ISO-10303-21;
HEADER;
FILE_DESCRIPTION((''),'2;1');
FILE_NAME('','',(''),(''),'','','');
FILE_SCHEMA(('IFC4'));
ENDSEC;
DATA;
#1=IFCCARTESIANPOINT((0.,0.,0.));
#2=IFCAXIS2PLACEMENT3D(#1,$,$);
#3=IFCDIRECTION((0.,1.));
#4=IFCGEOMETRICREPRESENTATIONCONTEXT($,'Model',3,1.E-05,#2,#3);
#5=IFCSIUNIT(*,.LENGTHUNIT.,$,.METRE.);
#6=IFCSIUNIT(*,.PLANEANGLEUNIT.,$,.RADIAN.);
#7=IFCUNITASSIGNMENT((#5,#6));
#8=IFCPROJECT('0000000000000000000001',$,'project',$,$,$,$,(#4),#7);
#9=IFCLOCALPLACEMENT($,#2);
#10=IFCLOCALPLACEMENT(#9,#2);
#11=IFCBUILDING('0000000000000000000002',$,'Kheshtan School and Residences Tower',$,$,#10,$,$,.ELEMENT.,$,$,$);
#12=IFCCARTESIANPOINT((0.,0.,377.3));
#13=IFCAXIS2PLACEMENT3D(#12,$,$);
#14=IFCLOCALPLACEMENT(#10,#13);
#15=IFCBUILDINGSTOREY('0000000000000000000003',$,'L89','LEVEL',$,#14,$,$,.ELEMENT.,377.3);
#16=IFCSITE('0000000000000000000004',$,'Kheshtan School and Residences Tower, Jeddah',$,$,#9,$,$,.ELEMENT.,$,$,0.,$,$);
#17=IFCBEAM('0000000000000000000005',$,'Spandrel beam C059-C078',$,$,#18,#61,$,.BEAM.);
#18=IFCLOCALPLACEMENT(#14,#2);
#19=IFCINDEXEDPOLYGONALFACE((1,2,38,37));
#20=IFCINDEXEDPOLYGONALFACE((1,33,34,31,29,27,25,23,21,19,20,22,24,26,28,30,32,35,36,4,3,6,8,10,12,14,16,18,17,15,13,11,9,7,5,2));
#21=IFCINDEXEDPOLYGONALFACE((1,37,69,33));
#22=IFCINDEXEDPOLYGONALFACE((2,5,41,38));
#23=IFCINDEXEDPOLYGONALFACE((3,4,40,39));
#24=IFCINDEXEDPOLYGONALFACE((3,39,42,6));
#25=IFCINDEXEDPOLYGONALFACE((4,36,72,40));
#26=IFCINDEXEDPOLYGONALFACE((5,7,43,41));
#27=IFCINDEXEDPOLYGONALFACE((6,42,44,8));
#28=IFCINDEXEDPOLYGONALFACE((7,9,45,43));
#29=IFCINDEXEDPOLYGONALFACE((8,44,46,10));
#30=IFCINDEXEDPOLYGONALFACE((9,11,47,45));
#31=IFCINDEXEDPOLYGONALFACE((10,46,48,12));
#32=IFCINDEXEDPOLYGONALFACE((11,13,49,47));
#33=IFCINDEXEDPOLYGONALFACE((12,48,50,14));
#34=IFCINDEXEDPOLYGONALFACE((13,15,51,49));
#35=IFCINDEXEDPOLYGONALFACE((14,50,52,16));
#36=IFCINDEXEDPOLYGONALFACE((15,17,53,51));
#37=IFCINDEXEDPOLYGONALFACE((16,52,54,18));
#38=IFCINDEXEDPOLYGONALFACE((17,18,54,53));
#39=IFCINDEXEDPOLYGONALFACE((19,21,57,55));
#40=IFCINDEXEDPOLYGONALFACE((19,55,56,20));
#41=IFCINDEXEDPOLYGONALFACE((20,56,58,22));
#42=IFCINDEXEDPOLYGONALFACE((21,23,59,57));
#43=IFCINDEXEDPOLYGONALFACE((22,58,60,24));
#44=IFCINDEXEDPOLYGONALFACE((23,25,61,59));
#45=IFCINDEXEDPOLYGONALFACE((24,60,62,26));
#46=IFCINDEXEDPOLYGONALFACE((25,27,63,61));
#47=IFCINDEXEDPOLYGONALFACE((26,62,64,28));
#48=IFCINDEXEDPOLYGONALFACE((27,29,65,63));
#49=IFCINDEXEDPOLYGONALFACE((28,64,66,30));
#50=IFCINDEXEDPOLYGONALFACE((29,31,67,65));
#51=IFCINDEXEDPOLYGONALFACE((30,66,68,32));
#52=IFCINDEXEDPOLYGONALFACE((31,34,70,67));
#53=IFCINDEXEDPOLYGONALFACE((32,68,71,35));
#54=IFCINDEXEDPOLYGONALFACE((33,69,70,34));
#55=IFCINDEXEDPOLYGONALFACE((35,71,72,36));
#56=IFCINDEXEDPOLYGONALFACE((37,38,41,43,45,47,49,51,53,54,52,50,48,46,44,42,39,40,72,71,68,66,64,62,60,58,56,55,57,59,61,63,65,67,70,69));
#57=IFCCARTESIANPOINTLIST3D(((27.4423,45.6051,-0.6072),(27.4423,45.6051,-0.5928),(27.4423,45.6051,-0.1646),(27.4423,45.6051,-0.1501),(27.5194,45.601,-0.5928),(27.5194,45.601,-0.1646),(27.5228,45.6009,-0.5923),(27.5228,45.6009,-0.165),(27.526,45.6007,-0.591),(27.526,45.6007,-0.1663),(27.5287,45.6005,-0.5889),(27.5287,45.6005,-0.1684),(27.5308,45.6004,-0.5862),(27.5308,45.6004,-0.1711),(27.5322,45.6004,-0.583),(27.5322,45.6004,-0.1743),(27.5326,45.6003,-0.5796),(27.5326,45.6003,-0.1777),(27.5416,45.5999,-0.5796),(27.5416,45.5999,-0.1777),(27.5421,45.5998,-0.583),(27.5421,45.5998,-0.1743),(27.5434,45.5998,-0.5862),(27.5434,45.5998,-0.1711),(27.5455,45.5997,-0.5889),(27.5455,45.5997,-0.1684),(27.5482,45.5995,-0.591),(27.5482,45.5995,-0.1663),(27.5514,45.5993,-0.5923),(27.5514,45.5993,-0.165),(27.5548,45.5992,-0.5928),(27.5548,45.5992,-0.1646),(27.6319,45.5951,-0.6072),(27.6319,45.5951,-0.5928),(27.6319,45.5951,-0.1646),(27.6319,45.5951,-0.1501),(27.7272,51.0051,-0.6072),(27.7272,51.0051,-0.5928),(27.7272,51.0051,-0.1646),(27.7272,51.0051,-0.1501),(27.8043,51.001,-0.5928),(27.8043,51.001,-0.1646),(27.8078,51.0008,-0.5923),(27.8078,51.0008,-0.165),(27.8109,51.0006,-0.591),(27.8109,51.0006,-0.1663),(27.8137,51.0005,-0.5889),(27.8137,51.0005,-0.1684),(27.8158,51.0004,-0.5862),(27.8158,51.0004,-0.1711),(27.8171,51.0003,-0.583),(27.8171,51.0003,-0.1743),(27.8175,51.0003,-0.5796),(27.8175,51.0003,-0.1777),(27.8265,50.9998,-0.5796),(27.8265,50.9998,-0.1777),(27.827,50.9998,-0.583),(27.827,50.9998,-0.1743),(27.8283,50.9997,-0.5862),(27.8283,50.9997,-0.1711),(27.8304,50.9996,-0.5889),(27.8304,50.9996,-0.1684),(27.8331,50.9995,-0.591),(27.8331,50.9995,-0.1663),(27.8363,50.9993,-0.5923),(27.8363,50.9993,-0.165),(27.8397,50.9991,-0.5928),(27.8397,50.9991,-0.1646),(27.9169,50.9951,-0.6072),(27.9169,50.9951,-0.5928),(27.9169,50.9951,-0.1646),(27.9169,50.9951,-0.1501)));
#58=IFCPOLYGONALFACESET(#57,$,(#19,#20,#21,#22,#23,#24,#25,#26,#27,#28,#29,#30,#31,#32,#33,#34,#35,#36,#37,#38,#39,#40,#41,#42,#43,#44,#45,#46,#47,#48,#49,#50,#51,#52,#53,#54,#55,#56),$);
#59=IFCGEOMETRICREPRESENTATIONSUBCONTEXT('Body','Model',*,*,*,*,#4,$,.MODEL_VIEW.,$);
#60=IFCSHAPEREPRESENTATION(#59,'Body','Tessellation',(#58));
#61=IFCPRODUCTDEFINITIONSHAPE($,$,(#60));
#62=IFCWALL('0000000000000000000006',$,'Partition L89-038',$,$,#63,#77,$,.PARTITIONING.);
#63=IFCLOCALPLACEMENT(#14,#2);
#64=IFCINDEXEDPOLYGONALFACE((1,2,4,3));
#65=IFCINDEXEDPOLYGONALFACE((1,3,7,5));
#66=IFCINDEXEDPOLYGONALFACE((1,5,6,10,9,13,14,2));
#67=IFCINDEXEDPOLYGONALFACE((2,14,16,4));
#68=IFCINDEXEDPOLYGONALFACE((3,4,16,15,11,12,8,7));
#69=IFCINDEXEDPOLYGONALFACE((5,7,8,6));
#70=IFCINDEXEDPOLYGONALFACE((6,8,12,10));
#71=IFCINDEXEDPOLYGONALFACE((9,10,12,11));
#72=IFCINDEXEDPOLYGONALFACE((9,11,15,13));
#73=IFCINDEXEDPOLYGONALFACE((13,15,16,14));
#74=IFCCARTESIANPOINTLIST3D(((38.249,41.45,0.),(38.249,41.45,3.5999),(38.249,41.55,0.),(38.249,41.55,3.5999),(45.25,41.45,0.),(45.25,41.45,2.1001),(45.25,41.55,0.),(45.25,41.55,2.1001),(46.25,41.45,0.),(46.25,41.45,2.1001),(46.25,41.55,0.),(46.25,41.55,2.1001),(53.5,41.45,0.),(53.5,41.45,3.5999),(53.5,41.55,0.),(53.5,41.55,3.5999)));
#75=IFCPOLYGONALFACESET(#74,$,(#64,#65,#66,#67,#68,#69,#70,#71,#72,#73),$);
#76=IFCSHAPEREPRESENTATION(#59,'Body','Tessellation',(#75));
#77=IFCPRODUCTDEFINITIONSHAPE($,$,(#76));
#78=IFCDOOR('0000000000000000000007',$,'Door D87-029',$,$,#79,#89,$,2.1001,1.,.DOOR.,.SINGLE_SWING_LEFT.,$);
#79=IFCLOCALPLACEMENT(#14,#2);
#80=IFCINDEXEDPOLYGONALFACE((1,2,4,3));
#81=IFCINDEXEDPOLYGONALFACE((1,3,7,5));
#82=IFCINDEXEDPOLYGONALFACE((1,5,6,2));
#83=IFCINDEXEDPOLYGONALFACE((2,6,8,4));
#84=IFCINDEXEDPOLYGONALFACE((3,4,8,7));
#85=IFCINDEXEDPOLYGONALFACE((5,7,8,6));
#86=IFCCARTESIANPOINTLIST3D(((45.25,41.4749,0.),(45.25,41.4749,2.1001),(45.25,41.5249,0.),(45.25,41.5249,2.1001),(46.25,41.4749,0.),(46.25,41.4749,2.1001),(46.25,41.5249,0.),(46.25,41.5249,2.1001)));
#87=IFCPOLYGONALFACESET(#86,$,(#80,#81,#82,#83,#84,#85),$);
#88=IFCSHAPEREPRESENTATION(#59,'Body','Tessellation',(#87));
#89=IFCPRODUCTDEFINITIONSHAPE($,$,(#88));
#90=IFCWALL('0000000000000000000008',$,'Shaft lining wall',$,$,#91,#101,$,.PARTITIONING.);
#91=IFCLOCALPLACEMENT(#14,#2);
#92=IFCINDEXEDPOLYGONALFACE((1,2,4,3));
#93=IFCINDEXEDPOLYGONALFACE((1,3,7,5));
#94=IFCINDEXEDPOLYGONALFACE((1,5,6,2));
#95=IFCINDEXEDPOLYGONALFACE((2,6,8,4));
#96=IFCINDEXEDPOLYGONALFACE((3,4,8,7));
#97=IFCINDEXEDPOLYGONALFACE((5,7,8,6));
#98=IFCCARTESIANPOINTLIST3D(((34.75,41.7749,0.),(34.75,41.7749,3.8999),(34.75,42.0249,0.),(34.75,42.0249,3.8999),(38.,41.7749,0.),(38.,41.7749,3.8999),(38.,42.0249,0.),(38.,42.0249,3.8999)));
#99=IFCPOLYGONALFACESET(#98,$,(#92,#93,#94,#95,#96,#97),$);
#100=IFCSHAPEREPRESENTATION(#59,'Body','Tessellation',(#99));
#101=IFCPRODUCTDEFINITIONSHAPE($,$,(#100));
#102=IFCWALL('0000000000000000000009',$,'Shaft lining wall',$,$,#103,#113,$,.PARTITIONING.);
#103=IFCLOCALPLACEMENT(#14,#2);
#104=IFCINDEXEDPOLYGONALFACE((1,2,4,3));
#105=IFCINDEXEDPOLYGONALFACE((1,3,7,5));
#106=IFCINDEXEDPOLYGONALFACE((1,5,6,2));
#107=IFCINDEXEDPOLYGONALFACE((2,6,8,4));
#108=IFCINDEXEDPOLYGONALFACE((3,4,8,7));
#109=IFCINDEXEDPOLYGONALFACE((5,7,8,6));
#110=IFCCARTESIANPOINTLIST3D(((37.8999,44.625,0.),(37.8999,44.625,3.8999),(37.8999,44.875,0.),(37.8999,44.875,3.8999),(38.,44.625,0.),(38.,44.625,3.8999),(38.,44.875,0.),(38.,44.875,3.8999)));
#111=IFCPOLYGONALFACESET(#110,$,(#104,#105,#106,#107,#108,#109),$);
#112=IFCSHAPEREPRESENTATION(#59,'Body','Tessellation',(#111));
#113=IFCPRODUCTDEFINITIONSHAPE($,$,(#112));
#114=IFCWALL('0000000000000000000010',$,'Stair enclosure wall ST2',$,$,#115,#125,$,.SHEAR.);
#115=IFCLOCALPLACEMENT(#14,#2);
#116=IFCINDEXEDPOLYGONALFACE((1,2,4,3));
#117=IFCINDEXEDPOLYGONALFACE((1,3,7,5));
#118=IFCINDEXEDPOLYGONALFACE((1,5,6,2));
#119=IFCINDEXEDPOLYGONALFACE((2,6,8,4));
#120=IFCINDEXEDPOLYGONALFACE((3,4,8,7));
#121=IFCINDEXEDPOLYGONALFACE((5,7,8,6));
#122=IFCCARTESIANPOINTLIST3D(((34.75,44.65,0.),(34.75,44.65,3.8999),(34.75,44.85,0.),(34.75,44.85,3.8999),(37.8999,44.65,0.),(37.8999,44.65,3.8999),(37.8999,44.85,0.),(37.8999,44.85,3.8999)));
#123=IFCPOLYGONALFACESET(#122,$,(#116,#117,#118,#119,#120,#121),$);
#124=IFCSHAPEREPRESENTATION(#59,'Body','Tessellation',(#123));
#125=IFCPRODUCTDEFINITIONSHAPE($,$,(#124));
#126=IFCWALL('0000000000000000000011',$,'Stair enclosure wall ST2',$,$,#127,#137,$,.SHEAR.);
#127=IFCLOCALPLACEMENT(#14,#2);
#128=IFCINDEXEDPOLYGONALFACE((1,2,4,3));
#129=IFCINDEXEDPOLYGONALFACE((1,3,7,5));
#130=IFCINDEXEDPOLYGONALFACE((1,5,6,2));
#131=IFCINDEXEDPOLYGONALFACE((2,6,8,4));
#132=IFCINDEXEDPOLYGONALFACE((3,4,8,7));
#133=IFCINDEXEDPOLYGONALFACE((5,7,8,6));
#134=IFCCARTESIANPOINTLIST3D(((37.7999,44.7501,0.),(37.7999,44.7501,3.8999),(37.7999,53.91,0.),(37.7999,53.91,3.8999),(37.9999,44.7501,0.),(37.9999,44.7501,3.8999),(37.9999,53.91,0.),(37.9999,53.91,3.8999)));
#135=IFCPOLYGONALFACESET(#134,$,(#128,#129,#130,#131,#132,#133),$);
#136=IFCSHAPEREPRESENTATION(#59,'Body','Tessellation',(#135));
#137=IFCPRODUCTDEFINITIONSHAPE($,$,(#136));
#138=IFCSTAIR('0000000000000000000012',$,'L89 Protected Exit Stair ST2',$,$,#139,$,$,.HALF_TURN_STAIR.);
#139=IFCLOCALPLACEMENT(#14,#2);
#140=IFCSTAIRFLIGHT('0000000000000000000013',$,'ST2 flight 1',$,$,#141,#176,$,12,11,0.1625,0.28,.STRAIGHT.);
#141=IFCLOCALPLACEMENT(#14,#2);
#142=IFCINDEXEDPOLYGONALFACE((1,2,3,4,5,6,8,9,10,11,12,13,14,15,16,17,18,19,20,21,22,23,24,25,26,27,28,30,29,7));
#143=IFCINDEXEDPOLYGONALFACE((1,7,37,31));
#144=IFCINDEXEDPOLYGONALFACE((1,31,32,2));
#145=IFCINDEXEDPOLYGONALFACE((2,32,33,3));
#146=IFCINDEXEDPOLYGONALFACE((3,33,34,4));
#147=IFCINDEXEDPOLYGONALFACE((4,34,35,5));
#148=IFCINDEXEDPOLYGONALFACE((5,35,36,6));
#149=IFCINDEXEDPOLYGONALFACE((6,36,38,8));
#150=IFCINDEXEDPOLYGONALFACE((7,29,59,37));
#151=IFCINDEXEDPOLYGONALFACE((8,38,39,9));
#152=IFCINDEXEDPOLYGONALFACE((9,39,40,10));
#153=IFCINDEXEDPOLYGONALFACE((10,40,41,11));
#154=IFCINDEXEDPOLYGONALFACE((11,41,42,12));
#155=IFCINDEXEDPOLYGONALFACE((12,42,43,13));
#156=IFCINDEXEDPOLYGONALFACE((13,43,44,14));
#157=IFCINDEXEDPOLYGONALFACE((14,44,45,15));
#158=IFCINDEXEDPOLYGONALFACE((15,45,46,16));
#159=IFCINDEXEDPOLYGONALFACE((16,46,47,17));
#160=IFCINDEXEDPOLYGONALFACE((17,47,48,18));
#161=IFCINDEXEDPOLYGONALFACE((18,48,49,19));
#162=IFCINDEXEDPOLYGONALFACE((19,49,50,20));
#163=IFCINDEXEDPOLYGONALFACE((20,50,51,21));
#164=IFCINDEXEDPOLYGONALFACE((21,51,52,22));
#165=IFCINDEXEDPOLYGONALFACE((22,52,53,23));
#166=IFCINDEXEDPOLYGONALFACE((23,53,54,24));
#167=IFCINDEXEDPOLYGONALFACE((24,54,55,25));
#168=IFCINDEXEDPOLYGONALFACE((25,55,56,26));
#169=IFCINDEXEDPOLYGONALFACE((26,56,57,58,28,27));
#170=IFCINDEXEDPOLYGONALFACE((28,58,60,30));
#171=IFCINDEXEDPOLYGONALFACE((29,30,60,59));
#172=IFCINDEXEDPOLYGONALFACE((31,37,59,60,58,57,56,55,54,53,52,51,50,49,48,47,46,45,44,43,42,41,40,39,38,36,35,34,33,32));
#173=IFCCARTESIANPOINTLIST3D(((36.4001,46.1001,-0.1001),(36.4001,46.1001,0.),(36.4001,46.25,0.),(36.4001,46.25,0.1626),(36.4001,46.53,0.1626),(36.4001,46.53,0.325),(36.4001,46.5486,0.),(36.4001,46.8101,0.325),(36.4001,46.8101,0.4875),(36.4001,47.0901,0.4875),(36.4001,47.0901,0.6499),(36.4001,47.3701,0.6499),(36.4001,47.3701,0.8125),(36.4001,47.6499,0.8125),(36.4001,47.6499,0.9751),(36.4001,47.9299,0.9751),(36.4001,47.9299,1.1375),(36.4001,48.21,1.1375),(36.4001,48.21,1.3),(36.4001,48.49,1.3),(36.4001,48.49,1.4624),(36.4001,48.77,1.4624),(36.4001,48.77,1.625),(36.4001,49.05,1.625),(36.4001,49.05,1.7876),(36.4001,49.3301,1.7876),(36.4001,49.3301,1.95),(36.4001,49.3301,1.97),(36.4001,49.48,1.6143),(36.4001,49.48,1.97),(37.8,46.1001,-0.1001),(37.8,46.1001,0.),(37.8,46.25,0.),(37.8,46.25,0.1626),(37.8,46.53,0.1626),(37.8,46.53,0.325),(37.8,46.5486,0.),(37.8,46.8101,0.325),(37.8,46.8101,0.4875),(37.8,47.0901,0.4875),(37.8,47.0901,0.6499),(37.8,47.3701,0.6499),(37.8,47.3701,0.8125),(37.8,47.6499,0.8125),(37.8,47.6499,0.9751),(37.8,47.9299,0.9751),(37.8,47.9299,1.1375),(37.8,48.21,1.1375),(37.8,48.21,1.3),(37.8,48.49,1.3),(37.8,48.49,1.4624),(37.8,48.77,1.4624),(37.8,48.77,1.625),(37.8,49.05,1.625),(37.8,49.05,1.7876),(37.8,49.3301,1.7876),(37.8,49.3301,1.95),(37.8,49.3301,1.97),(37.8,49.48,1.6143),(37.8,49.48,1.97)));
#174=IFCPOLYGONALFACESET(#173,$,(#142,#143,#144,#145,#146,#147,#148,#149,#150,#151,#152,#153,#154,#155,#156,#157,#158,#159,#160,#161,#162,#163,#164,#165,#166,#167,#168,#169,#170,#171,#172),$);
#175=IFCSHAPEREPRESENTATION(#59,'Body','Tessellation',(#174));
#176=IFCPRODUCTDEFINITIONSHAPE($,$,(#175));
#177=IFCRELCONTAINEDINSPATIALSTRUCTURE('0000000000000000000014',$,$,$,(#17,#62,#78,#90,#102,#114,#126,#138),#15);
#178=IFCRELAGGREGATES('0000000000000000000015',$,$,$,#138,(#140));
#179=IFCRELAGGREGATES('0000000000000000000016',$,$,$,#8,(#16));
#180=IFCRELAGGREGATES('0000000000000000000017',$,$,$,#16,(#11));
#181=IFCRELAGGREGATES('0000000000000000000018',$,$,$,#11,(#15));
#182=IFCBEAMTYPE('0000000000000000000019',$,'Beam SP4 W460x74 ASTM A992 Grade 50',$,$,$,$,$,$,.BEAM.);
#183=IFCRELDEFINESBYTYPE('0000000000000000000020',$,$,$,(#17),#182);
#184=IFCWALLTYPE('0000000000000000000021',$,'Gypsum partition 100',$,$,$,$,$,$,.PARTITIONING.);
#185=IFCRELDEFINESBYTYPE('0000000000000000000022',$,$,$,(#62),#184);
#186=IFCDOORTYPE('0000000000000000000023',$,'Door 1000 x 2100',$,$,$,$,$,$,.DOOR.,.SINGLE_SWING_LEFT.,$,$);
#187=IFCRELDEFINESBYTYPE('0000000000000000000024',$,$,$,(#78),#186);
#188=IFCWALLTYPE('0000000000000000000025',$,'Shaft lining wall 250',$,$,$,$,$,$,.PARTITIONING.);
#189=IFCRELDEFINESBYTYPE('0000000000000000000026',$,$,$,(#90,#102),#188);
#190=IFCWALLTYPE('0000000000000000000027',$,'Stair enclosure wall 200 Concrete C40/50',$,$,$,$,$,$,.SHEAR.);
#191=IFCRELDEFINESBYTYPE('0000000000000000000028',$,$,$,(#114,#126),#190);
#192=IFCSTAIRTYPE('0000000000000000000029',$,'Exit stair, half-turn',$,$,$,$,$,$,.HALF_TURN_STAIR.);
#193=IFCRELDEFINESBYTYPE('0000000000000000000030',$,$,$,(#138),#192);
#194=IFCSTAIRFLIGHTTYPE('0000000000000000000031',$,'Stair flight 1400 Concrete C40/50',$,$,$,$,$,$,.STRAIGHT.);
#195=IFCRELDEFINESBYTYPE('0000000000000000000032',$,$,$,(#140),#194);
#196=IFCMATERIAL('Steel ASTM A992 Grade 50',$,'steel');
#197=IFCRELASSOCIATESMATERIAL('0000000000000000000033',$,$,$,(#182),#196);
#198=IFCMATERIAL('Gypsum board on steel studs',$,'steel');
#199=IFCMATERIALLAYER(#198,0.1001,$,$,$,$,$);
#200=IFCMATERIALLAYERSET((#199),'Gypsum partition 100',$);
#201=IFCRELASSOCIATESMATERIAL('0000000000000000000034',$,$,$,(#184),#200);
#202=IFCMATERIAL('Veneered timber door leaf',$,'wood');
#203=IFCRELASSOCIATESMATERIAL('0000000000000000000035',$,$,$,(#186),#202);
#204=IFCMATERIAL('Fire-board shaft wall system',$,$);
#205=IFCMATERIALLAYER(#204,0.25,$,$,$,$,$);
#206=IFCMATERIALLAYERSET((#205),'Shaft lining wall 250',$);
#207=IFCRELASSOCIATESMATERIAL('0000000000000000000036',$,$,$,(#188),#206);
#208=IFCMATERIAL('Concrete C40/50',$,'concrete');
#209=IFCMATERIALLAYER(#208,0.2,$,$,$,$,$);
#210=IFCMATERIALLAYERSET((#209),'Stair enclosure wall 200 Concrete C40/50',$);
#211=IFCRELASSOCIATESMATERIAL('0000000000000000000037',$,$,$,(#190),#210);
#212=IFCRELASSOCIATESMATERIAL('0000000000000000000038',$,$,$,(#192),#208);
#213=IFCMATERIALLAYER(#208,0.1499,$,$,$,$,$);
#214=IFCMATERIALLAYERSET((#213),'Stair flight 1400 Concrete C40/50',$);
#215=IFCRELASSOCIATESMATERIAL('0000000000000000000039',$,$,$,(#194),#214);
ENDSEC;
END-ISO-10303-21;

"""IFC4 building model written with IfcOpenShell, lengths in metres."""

from ifc_helpers import new_model, si_unit, direction, frame, frame_2d, origin, origin_2d, place, context, subcontext, project, spatial, polyline, rectangle, i_section, outline, extrude, source, transform, mapped, material, layer, layer_set, material_profile, profile_set, type_object, element, fill, aggregate, save


model = new_model("IFC4")

# Units and contexts
model_context = context("Model", 3, precision=1e-05, world=origin(), true_north=direction((0.0, 1.0)))
body_context = subcontext(model_context, "Body", "Model", "MODEL_VIEW")
ifc_project = project(units=[si_unit("LENGTHUNIT", "METRE"), si_unit("PLANEANGLEUNIT", "RADIAN")], contexts=[model_context])

# Site, building, storey
site_placement = place(None, origin())
site = spatial("IfcSite", under=ifc_project, at=site_placement, Name="Kheshtan School and Residences Tower, Jeddah", CompositionType="ELEMENT", RefElevation=0.0)
building_placement = place(site_placement, origin())
building = spatial("IfcBuilding", under=site, at=building_placement, Name="Kheshtan School and Residences Tower", CompositionType="ELEMENT")
storey_placement = place(building_placement, frame((0.0, 0.0, 377.3)))
storey = spatial("IfcBuildingStorey", under=building, at=storey_placement, Name="L89", Description="LEVEL", CompositionType="ELEMENT", Elevation=377.3)

# Shared definitions
ifc_material_1 = material(Name="Steel ASTM A992 Grade 50", Category="steel")

# Beam
ifc_material_profile_1 = material_profile(ifc_material_1, i_section(OverallWidth=0.1899, OverallDepth=0.457, WebThickness=0.009, FlangeThickness=0.0144, FilletRadius=0.0132, at=origin_2d()), Name="W460x74")
ifc_profile_set_1 = profile_set([ifc_material_profile_1], Name="Steel ASTM A992 Grade 50")
beam_type_1 = type_object("IfcBeamType", Name="Beam SP4 W460x74 ASTM A992 Grade 50", PredefinedType="BEAM", material=ifc_profile_set_1)
beam_1_placement = place(storey_placement, frame((27.5371, 45.6001, -0.3787), z_axis=(0.052689, 0.998611, 0.0), x_axis=(-0.998611, 0.052689, 0.0)))
element("IfcBeam", 1, at=beam_1_placement, inside=storey, type_object=beam_type_1, Name="Spandrel beam C059-C078", PredefinedType="BEAM", context=body_context, shape_type="SweptSolid", body=[
    extrude(i_section(OverallWidth=0.1899, OverallDepth=0.457, WebThickness=0.009, FlangeThickness=0.0144, FilletRadius=0.0132, at=origin_2d()), origin(), (0.0, 0.0, 1.0), 5.4075),
])

# Wall, opening, door
ifc_material_2 = material(Name="Gypsum board on steel studs", Category="steel")
ifc_layer_1 = layer(ifc_material_2, 0.1001)
ifc_layer_set_1 = layer_set([ifc_layer_1], Name="Gypsum partition 100")
wall_type_1 = type_object("IfcWallType", Name="Gypsum partition 100", PredefinedType="PARTITIONING", material=ifc_layer_set_1)
wall_1_placement = place(storey_placement, frame((38.249, 41.5, 0.0), z_axis=(0.0, 0.0, 1.0), x_axis=(1.0, 0.0, 0.0)))
wall_1 = element("IfcWall", 2, at=wall_1_placement, inside=storey, type_object=wall_type_1, Name="Partition L89-038", PredefinedType="PARTITIONING", context=body_context, shape_type="SweptSolid", body=[
    extrude(rectangle(XDim=15.251, YDim=0.1001, at=frame_2d((7.6255, 0.0))), origin(), (0.0, 0.0, 1.0), 3.5999),
])
opening_placement = place(wall_1_placement, frame((7.001, 0.0, 0.0)))
opening = element("IfcOpeningElement", 3, at=opening_placement, cuts=wall_1, PredefinedType="OPENING", context=body_context, shape_type="SweptSolid", body=[
    extrude(rectangle(XDim=1.0, YDim=2.1001, at=frame_2d((0.5, 1.05))), frame((0.0, 0.0601, 0.0), z_axis=(0.0, -1.0, 0.0), x_axis=(1.0, 0.0, 0.0)), (0.0, 0.0, 1.0), 0.1201),
])
ifc_material_3 = material(Name="Veneered timber door leaf", Category="wood")
door_type = type_object("IfcDoorType", Name="Door 1000 x 2100", OperationType="SINGLE_SWING_LEFT", PredefinedType="DOOR", material=ifc_material_3)
shared_shape = source(origin(), body_context, "Body", "SweptSolid", [
    extrude(rectangle(XDim=1.0, YDim=2.1001, at=frame_2d((0.5, 1.05))), frame((0.0, 0.0249, 0.0), z_axis=(0.0, -1.0, 0.0), x_axis=(1.0, 0.0, 0.0)), (0.0, 0.0, 1.0), 0.05),
])
door_placement = place(opening_placement, origin())
door = element("IfcDoor", 4, at=door_placement, inside=storey, type_object=door_type, Name="Door D87-029", OperationType="SINGLE_SWING_LEFT", OverallHeight=2.1001, OverallWidth=1.0, PredefinedType="DOOR", context=body_context, shape_type="MappedRepresentation", body=[
    mapped(shared_shape, transform((0.0, 0.0, 0.0), x_axis=(1.0, 0.0, 0.0), y_axis=(0.0, 1.0, 0.0), z_axis=(0.0, 0.0, 1.0), scale=1.0)),
])
fill(opening, door)

# Walls
ifc_material_4 = material(Name="Fire-board shaft wall system")
ifc_layer_2 = layer(ifc_material_4, 0.25)
ifc_layer_set_2 = layer_set([ifc_layer_2], Name="Shaft lining wall 250")
wall_type_2 = type_object("IfcWallType", Name="Shaft lining wall 250", PredefinedType="PARTITIONING", material=ifc_layer_set_2)
wall_2_placement = place(storey_placement, frame((34.75, 41.8999, 0.0), z_axis=(0.0, 0.0, 1.0), x_axis=(1.0, 0.0, 0.0)))
element("IfcWall", 5, at=wall_2_placement, inside=storey, type_object=wall_type_2, Name="Shaft lining wall", PredefinedType="PARTITIONING", context=body_context, shape_type="SweptSolid", body=[
    extrude(rectangle(XDim=3.25, YDim=0.25, at=frame_2d((1.625, 0.0))), origin(), (0.0, 0.0, 1.0), 3.8999),
])
wall_3_placement = place(storey_placement, frame((37.8999, 44.75, 0.0), z_axis=(0.0, 0.0, 1.0), x_axis=(1.0, 0.0, 0.0)))
element("IfcWall", 6, at=wall_3_placement, inside=storey, type_object=wall_type_2, Name="Shaft lining wall", PredefinedType="PARTITIONING", context=body_context, shape_type="SweptSolid", body=[
    extrude(rectangle(XDim=0.1001, YDim=0.25, at=frame_2d((0.05, 0.0))), origin(), (0.0, 0.0, 1.0), 3.8999),
])
ifc_material_5 = material(Name="Concrete C40/50", Category="concrete")
ifc_layer_3 = layer(ifc_material_5, 0.2)
ifc_layer_set_3 = layer_set([ifc_layer_3], Name="Stair enclosure wall 200 Concrete C40/50")
wall_type_3 = type_object("IfcWallType", Name="Stair enclosure wall 200 Concrete C40/50", PredefinedType="SHEAR", material=ifc_layer_set_3)
wall_4_placement = place(storey_placement, frame((34.75, 44.75, 0.0), z_axis=(0.0, 0.0, 1.0), x_axis=(1.0, 0.0, 0.0)))
element("IfcWall", 7, at=wall_4_placement, inside=storey, type_object=wall_type_3, Name="Stair enclosure wall ST2", PredefinedType="SHEAR", context=body_context, shape_type="SweptSolid", body=[
    extrude(rectangle(XDim=3.1499, YDim=0.2, at=frame_2d((1.575, 0.0))), origin(), (0.0, 0.0, 1.0), 3.8999),
])
wall_5_placement = place(storey_placement, frame((37.8999, 44.75, 0.0), z_axis=(0.0, 0.0, 1.0), x_axis=(0.0, 1.0, 0.0)))
element("IfcWall", 8, at=wall_5_placement, inside=storey, type_object=wall_type_3, Name="Stair enclosure wall ST2", PredefinedType="SHEAR", context=body_context, shape_type="SweptSolid", body=[
    extrude(rectangle(XDim=9.1599, YDim=0.2, at=frame_2d((4.5801, 0.0))), origin(), (0.0, 0.0, 1.0), 3.8999),
])

# Stair, stair flight
stair_type = type_object("IfcStairType", Name="Exit stair, half-turn", PredefinedType="HALF_TURN_STAIR", material=ifc_material_5)
stair_placement = place(storey_placement, origin())
stair = element("IfcStair", 9, at=stair_placement, inside=storey, type_object=stair_type, Name="L89 Protected Exit Stair ST2", PredefinedType="HALF_TURN_STAIR")
ifc_layer_4 = layer(ifc_material_5, 0.1499)
ifc_layer_set_4 = layer_set([ifc_layer_4], Name="Stair flight 1400 Concrete C40/50")
stair_flight_type = type_object("IfcStairFlightType", Name="Stair flight 1400 Concrete C40/50", PredefinedType="STRAIGHT", material=ifc_layer_set_4)
stair_flight_placement = place(storey_placement, frame((37.1001, 46.25, 0.0), z_axis=(0.0, 0.0, 1.0), x_axis=(0.0, 1.0, 0.0)))
stair_flight = element("IfcStairFlight", 10, at=stair_flight_placement, type_object=stair_flight_type, Name="ST2 flight 1", NumberOfRisers=12, NumberOfTreads=11, PredefinedType="STRAIGHT", RiserHeight=0.1625, TreadLength=0.28, context=body_context, shape_type="SweptSolid", body=[
    extrude(outline(polyline([(-0.1499, -0.1001), (-0.1499, 0.0), (0.0, 0.0), (0.0, 0.1626), (0.28, 0.1626), (0.28, 0.325), (0.5601, 0.325), (0.5601, 0.4875), (0.8401, 0.4875), (0.8401, 0.6499), (1.1201, 0.6499), (1.1201, 0.8125), (1.3999, 0.8125), (1.3999, 0.9751), (1.6799, 0.9751), (1.6799, 1.1375), (1.96, 1.1375), (1.96, 1.3), (2.24, 1.3), (2.24, 1.4624), (2.52, 1.4624), (2.52, 1.625), (2.8, 1.625), (2.8, 1.7876), (3.0801, 1.7876), (3.0801, 1.95), (3.0801, 1.97), (3.23, 1.97), (3.23, 1.6143), (0.2986, 0.0), (-0.1499, -0.1001)])), frame((0.0, 0.7, 0.0), z_axis=(0.0, -1.0, 0.0), x_axis=(1.0, 0.0, 0.0)), (0.0, 0.0, 1.0), 1.3999),
])
aggregate(stair, [stair_flight])

save(model, "model.ifc")
